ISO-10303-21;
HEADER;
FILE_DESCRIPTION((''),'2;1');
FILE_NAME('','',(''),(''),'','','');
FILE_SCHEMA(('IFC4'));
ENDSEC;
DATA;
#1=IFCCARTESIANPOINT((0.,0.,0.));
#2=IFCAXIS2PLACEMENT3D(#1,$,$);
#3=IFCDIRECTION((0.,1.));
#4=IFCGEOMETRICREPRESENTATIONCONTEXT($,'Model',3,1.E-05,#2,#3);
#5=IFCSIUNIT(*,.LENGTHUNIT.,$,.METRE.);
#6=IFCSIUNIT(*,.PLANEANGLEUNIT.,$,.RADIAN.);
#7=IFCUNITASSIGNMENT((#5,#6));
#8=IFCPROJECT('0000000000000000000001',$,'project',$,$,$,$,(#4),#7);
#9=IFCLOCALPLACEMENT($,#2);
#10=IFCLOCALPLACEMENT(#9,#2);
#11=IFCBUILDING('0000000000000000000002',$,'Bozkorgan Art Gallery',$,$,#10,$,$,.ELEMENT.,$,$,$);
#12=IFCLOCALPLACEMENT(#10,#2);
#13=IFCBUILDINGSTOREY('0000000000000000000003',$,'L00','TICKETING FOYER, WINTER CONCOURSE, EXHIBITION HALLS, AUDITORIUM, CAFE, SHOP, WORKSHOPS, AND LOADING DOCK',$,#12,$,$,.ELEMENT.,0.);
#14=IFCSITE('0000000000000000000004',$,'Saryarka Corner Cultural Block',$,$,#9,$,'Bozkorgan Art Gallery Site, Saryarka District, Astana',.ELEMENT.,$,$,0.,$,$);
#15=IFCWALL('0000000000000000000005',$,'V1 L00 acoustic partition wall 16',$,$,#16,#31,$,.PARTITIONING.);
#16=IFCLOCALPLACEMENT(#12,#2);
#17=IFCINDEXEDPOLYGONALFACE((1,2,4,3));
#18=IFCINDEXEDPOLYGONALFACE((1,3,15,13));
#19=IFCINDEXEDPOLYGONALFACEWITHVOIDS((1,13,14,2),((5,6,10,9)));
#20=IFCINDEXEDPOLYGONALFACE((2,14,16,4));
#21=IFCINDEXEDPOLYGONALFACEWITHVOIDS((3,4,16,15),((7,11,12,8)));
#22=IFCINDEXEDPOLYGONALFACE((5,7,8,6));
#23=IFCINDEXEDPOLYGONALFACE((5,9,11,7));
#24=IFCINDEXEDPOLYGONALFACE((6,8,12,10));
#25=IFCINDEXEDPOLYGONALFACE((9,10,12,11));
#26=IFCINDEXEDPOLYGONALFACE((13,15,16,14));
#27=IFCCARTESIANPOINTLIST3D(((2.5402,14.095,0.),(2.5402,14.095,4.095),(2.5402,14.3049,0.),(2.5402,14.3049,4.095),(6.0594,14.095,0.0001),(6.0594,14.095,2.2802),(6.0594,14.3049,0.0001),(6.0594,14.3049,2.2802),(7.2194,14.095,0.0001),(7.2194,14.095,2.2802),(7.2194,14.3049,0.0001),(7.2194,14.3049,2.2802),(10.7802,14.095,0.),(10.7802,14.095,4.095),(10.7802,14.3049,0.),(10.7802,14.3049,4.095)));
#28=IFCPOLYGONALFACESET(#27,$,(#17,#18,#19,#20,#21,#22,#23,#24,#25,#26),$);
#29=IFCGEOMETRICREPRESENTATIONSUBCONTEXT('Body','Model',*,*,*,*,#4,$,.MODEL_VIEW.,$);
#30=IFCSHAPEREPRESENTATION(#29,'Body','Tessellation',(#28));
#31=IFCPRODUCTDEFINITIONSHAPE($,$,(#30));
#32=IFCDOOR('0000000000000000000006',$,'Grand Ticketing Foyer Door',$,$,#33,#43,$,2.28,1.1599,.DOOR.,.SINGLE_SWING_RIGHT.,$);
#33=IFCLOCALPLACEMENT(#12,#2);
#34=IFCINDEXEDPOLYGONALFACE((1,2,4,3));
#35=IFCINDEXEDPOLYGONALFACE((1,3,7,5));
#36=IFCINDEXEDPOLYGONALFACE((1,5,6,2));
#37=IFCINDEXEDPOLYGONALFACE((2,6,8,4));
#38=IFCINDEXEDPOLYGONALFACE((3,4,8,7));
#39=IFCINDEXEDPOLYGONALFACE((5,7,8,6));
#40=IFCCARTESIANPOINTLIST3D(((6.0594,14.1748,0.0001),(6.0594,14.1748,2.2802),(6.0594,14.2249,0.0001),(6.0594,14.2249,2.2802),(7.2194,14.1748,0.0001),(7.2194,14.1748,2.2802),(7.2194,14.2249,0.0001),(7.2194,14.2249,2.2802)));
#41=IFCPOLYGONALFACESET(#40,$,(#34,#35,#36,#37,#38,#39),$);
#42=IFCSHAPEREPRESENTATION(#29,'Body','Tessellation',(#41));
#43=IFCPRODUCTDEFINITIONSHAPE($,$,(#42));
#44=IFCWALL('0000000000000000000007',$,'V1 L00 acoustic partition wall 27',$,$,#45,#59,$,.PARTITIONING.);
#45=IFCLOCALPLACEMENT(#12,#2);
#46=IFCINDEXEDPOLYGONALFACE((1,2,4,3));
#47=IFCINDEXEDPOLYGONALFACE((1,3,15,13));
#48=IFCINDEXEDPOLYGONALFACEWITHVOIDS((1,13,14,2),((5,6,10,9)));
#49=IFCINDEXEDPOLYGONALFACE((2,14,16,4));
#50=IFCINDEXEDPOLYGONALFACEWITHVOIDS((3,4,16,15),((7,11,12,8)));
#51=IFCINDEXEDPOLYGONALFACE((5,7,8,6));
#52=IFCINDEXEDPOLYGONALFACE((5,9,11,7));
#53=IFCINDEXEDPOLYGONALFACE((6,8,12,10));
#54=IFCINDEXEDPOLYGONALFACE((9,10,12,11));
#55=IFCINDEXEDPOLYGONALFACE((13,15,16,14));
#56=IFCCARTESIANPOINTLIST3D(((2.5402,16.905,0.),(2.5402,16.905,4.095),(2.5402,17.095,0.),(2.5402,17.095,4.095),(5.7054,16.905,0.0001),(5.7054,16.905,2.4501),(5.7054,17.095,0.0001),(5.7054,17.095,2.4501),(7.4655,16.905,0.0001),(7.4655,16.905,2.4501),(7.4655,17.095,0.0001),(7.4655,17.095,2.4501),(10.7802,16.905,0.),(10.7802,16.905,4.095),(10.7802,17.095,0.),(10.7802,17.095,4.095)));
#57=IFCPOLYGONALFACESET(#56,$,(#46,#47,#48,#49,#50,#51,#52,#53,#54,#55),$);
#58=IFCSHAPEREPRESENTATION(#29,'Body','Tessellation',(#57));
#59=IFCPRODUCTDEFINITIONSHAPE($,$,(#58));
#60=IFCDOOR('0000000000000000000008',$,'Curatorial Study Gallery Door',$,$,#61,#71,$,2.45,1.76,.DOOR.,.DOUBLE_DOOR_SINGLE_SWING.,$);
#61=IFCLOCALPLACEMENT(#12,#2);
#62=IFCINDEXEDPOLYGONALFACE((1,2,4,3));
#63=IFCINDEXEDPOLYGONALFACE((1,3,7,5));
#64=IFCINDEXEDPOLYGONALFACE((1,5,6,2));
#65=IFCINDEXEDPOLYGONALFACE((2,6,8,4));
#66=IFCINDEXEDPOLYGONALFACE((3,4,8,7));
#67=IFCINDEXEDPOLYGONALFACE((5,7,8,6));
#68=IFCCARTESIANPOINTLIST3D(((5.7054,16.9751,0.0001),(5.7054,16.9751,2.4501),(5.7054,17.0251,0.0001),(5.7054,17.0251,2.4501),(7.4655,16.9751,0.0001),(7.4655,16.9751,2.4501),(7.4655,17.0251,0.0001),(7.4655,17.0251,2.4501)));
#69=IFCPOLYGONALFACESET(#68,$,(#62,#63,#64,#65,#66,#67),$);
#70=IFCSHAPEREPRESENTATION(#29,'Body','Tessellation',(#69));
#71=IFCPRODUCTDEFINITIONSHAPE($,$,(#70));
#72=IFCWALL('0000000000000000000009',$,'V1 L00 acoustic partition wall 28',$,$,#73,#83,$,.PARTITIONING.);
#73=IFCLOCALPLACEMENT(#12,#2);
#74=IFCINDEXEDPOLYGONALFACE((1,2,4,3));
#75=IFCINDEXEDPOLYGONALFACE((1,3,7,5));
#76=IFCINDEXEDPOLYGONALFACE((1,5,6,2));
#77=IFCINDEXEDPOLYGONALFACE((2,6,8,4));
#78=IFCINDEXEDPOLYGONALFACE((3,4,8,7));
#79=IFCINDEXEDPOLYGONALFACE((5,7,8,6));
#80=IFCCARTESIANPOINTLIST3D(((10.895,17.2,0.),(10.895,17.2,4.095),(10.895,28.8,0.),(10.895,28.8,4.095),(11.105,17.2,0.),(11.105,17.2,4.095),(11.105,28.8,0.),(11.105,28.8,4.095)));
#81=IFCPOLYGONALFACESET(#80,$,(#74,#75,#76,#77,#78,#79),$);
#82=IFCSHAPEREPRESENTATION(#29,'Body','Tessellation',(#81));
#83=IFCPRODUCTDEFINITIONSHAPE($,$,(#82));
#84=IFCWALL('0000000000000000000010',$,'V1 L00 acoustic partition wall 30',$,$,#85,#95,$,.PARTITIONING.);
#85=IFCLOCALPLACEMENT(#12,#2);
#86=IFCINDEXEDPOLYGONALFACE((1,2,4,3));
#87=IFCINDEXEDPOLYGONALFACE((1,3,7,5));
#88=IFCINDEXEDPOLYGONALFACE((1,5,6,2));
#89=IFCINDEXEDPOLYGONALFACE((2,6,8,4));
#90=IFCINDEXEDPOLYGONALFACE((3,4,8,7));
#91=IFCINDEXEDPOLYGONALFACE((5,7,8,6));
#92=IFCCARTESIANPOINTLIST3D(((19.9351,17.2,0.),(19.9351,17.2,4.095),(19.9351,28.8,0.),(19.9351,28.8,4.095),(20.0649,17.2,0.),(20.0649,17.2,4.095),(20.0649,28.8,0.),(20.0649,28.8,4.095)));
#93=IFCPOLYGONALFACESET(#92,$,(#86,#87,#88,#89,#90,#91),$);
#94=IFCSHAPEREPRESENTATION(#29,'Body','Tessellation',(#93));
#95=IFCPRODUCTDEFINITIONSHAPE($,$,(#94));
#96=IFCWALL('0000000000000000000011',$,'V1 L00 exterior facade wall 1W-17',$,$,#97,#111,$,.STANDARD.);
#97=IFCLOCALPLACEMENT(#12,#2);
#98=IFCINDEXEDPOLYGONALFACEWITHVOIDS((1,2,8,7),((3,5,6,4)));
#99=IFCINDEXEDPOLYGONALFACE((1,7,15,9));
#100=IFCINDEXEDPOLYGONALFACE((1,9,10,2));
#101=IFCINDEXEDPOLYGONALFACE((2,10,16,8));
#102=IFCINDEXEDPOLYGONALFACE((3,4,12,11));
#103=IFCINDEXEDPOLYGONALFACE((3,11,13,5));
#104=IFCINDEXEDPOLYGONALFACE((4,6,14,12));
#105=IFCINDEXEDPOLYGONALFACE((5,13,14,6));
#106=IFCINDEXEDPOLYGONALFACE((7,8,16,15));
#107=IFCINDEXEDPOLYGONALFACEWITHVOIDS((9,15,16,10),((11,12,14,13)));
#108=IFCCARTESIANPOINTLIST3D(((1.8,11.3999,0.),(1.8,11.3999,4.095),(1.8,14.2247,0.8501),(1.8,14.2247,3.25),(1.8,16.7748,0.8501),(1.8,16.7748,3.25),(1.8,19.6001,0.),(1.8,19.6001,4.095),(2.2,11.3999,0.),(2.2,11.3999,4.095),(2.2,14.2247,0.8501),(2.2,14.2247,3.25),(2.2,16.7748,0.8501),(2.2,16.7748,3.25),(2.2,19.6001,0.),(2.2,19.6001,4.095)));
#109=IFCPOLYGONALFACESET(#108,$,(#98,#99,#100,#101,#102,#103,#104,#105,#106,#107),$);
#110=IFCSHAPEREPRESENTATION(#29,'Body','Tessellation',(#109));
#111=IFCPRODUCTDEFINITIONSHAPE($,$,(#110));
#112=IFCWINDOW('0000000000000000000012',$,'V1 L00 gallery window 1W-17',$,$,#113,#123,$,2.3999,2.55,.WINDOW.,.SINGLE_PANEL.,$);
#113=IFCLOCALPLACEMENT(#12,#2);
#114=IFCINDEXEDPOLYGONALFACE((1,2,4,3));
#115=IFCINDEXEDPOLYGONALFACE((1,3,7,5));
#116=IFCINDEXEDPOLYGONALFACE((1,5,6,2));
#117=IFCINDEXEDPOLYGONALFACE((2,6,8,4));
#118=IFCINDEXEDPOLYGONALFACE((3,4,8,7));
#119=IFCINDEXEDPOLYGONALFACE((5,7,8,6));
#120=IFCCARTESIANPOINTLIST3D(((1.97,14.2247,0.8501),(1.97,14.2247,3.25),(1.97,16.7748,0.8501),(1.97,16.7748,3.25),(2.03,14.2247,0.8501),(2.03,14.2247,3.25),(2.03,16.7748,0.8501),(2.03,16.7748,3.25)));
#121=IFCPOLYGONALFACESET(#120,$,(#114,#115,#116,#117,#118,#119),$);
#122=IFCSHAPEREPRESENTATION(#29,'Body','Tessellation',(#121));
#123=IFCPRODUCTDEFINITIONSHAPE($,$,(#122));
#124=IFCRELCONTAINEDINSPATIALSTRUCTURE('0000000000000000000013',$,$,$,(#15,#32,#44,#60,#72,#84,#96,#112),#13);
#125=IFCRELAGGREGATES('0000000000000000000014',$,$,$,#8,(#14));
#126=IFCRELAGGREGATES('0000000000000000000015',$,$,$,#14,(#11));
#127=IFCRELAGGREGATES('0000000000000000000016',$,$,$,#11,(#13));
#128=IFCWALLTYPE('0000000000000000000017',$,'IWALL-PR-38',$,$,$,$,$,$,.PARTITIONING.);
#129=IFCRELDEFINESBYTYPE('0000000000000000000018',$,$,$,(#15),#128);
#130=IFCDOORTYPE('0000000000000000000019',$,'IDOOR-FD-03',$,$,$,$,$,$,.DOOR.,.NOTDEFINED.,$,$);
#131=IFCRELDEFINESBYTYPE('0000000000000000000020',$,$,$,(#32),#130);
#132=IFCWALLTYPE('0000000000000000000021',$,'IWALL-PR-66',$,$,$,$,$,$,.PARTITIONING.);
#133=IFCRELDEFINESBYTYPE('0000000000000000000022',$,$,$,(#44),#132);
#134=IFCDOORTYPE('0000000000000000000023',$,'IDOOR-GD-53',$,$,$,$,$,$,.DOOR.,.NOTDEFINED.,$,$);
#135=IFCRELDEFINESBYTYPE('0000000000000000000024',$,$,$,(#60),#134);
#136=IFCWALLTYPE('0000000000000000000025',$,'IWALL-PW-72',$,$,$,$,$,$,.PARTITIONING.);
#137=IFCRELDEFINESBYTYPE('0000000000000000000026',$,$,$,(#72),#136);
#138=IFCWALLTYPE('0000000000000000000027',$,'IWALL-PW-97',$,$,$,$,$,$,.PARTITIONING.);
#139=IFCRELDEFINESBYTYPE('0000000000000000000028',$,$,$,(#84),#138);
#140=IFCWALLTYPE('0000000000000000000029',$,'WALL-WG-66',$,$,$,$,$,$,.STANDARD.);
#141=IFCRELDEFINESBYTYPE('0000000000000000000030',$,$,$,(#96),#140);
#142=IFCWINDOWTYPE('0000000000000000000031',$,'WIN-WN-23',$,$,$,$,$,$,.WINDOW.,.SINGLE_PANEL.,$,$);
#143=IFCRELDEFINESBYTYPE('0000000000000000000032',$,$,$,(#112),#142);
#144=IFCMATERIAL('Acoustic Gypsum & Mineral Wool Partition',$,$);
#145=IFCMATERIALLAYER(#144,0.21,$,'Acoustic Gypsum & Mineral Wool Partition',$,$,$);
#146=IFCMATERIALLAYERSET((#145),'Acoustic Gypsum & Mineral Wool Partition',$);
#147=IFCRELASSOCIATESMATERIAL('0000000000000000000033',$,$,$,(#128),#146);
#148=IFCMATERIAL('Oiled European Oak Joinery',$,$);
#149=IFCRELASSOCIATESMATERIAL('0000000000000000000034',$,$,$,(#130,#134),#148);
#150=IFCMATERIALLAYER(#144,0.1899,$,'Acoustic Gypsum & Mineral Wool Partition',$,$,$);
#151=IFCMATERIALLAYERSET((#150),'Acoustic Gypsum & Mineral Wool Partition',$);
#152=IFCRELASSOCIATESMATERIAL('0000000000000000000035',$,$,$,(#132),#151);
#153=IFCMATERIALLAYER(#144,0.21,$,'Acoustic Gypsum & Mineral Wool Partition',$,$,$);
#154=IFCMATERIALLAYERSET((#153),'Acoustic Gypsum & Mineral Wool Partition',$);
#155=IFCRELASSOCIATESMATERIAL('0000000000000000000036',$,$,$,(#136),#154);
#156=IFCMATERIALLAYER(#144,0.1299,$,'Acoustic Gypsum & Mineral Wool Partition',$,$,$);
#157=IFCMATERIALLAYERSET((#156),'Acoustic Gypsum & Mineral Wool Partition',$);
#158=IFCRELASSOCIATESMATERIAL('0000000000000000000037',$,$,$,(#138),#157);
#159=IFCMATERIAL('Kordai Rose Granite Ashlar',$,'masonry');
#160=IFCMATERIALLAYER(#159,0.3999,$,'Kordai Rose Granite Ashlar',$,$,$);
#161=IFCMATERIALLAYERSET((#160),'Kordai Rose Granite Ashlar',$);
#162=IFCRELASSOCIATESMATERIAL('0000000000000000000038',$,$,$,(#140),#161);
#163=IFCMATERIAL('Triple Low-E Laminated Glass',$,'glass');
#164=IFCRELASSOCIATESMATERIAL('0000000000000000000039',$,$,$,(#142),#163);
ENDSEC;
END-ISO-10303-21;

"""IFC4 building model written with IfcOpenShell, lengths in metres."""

from ifc_helpers import new_model, si_unit, direction, frame, frame_2d, origin, place, context, subcontext, project, spatial, rectangle, extrude, material, layer, layer_set, type_object, element, fill, save


model = new_model("IFC4")

# Units and contexts
model_context = context("Model", 3, precision=1e-05, world=origin(), true_north=direction((0.0, 1.0)))
body_context = subcontext(model_context, "Body", "Model", "MODEL_VIEW")
ifc_project = project(units=[si_unit("LENGTHUNIT", "METRE"), si_unit("PLANEANGLEUNIT", "RADIAN")], contexts=[model_context])

# Site, building, storey
site_placement = place(None, origin())
site = spatial("IfcSite", under=ifc_project, at=site_placement, Name="Saryarka Corner Cultural Block", LongName="Bozkorgan Art Gallery Site, Saryarka District, Astana", CompositionType="ELEMENT", RefElevation=0.0)
building_placement = place(site_placement, origin())
building = spatial("IfcBuilding", under=site, at=building_placement, Name="Bozkorgan Art Gallery", CompositionType="ELEMENT")
storey_placement = place(building_placement, origin())
storey = spatial("IfcBuildingStorey", under=building, at=storey_placement, Name="L00", Description="TICKETING FOYER, WINTER CONCOURSE, EXHIBITION HALLS, AUDITORIUM, CAFE, SHOP, WORKSHOPS, AND LOADING DOCK", CompositionType="ELEMENT", Elevation=0.0)

# Walls, openings, doors
ifc_material_1 = material(Name="Acoustic Gypsum & Mineral Wool Partition")
ifc_material_2 = material(Name="Oiled European Oak Joinery")
ifc_layer_1 = layer(ifc_material_1, 0.21, Name="Acoustic Gypsum & Mineral Wool Partition")
ifc_layer_set_1 = layer_set([ifc_layer_1], Name="Acoustic Gypsum & Mineral Wool Partition")
wall_type_1 = type_object("IfcWallType", Name="IWALL-PR-38", PredefinedType="PARTITIONING", material=ifc_layer_set_1)
wall_1_placement = place(storey_placement, frame((2.54, 14.2, 0.0), z_axis=(0.0, 0.0, 1.0), x_axis=(1.0, 0.0, 0.0)))
wall_1 = element("IfcWall", 1, at=wall_1_placement, inside=storey, type_object=wall_type_1, Name="V1 L00 acoustic partition wall 16", PredefinedType="PARTITIONING", context=body_context, shape_type="SweptSolid", body=[
    extrude(rectangle(XDim=8.24, YDim=0.21, at=frame_2d((4.1201, 0.0))), origin(), (0.0, 0.0, 1.0), 4.095),
])
opening_1_placement = place(wall_1_placement, frame((3.5193, 0.0, 0.0)))
opening_1 = element("IfcOpeningElement", 2, at=opening_1_placement, cuts=wall_1, PredefinedType="OPENING", context=body_context, shape_type="SweptSolid", body=[
    extrude(rectangle(XDim=1.1599, YDim=2.28, at=frame_2d((0.5801, 1.1401))), frame((0.0, 0.115, 0.0), z_axis=(0.0, -1.0, 0.0), x_axis=(1.0, 0.0, 0.0)), (0.0, 0.0, 1.0), 0.23),
])
door_type_1 = type_object("IfcDoorType", Name="IDOOR-FD-03", OperationType="NOTDEFINED", PredefinedType="DOOR", material=ifc_material_2)
door_1_placement = place(opening_1_placement, origin())
door_1 = element("IfcDoor", 3, at=door_1_placement, inside=storey, type_object=door_type_1, Name="Grand Ticketing Foyer Door", OperationType="SINGLE_SWING_RIGHT", OverallHeight=2.28, OverallWidth=1.1599, PredefinedType="DOOR", context=body_context, shape_type="SweptSolid", body=[
    extrude(rectangle(XDim=1.1599, YDim=2.28, at=frame_2d((0.5801, 1.1401))), frame((0.0, 0.0249, 0.0), z_axis=(0.0, -1.0, 0.0), x_axis=(1.0, 0.0, 0.0)), (0.0, 0.0, 1.0), 0.05),
])
fill(opening_1, door_1)
ifc_layer_2 = layer(ifc_material_1, 0.1899, Name="Acoustic Gypsum & Mineral Wool Partition")
ifc_layer_set_2 = layer_set([ifc_layer_2], Name="Acoustic Gypsum & Mineral Wool Partition")
wall_type_2 = type_object("IfcWallType", Name="IWALL-PR-66", PredefinedType="PARTITIONING", material=ifc_layer_set_2)
wall_2_placement = place(storey_placement, frame((2.54, 17.0, 0.0), z_axis=(0.0, 0.0, 1.0), x_axis=(1.0, 0.0, 0.0)))
wall_2 = element("IfcWall", 4, at=wall_2_placement, inside=storey, type_object=wall_type_2, Name="V1 L00 acoustic partition wall 27", PredefinedType="PARTITIONING", context=body_context, shape_type="SweptSolid", body=[
    extrude(rectangle(XDim=8.24, YDim=0.1899, at=frame_2d((4.1201, 0.0))), origin(), (0.0, 0.0, 1.0), 4.095),
])
opening_2_placement = place(wall_2_placement, frame((4.9253, 0.0, 0.0), z_axis=(0.0, 0.0, 1.0), x_axis=(-1.0, 0.0, 0.0)))
opening_2 = element("IfcOpeningElement", 5, at=opening_2_placement, cuts=wall_2, PredefinedType="OPENING", context=body_context, shape_type="SweptSolid", body=[
    extrude(rectangle(XDim=1.76, YDim=2.45, at=frame_2d((0.8799, 1.2251))), frame((0.0, 0.105, 0.0), z_axis=(0.0, -1.0, 0.0), x_axis=(1.0, 0.0, 0.0)), (0.0, 0.0, 1.0), 0.21),
])
door_type_2 = type_object("IfcDoorType", Name="IDOOR-GD-53", OperationType="NOTDEFINED", PredefinedType="DOOR", material=ifc_material_2)
door_2_placement = place(opening_2_placement, origin())
door_2 = element("IfcDoor", 6, at=door_2_placement, inside=storey, type_object=door_type_2, Name="Curatorial Study Gallery Door", OperationType="DOUBLE_DOOR_SINGLE_SWING", OverallHeight=2.45, OverallWidth=1.76, PredefinedType="DOOR", context=body_context, shape_type="SweptSolid", body=[
    extrude(rectangle(XDim=1.76, YDim=2.45, at=frame_2d((0.8799, 1.2251))), frame((0.0, 0.0249, 0.0), z_axis=(0.0, -1.0, 0.0), x_axis=(1.0, 0.0, 0.0)), (0.0, 0.0, 1.0), 0.05),
])
fill(opening_2, door_2)

# Walls
ifc_layer_3 = layer(ifc_material_1, 0.21, Name="Acoustic Gypsum & Mineral Wool Partition")
ifc_layer_set_3 = layer_set([ifc_layer_3], Name="Acoustic Gypsum & Mineral Wool Partition")
wall_type_3 = type_object("IfcWallType", Name="IWALL-PW-72", PredefinedType="PARTITIONING", material=ifc_layer_set_3)
wall_3_placement = place(storey_placement, frame((11.0, 17.2, 0.0), z_axis=(0.0, 0.0, 1.0), x_axis=(0.0, 1.0, 0.0)))
element("IfcWall", 7, at=wall_3_placement, inside=storey, type_object=wall_type_3, Name="V1 L00 acoustic partition wall 28", PredefinedType="PARTITIONING", context=body_context, shape_type="SweptSolid", body=[
    extrude(rectangle(XDim=11.6001, YDim=0.21, at=frame_2d((5.8, 0.0))), origin(), (0.0, 0.0, 1.0), 4.095),
])
ifc_layer_4 = layer(ifc_material_1, 0.1299, Name="Acoustic Gypsum & Mineral Wool Partition")
ifc_layer_set_4 = layer_set([ifc_layer_4], Name="Acoustic Gypsum & Mineral Wool Partition")
wall_type_4 = type_object("IfcWallType", Name="IWALL-PW-97", PredefinedType="PARTITIONING", material=ifc_layer_set_4)
wall_4_placement = place(storey_placement, frame((20.0, 17.2, 0.0), z_axis=(0.0, 0.0, 1.0), x_axis=(0.0, 1.0, 0.0)))
element("IfcWall", 8, at=wall_4_placement, inside=storey, type_object=wall_type_4, Name="V1 L00 acoustic partition wall 30", PredefinedType="PARTITIONING", context=body_context, shape_type="SweptSolid", body=[
    extrude(rectangle(XDim=11.6001, YDim=0.1299, at=frame_2d((5.8, 0.0))), origin(), (0.0, 0.0, 1.0), 4.095),
])

# Wall, opening, window
ifc_material_3 = material(Name="Kordai Rose Granite Ashlar", Category="masonry")
ifc_layer_5 = layer(ifc_material_3, 0.3999, Name="Kordai Rose Granite Ashlar")
ifc_layer_set_5 = layer_set([ifc_layer_5], Name="Kordai Rose Granite Ashlar")
wall_type_5 = type_object("IfcWallType", Name="WALL-WG-66", PredefinedType="STANDARD", material=ifc_layer_set_5)
wall_5_placement = place(storey_placement, frame((2.0, 11.3999, 0.0), z_axis=(0.0, 0.0, 1.0), x_axis=(0.0, 1.0, 0.0)))
wall_5 = element("IfcWall", 9, at=wall_5_placement, inside=storey, type_object=wall_type_5, Name="V1 L00 exterior facade wall 1W-17", PredefinedType="STANDARD", context=body_context, shape_type="SweptSolid", body=[
    extrude(rectangle(XDim=8.2002, YDim=0.3999, at=frame_2d((4.1001, 0.0))), origin(), (0.0, 0.0, 1.0), 4.095),
])
opening_3_placement = place(wall_5_placement, frame((2.825, 0.0, 0.8501)))
opening_3 = element("IfcOpeningElement", 10, at=opening_3_placement, cuts=wall_5, PredefinedType="OPENING", context=body_context, shape_type="SweptSolid", body=[
    extrude(rectangle(XDim=2.55, YDim=2.3999, at=frame_2d((1.2749, 1.2))), frame((0.0, 0.21, 0.0), z_axis=(0.0, -1.0, 0.0), x_axis=(1.0, 0.0, 0.0)), (0.0, 0.0, 1.0), 0.4199),
])
ifc_material_4 = material(Name="Triple Low-E Laminated Glass", Category="glass")
window_type = type_object("IfcWindowType", Name="WIN-WN-23", PartitioningType="SINGLE_PANEL", PredefinedType="WINDOW", material=ifc_material_4)
window_placement = place(opening_3_placement, origin())
window = element("IfcWindow", 11, at=window_placement, inside=storey, type_object=window_type, Name="V1 L00 gallery window 1W-17", OverallHeight=2.3999, OverallWidth=2.55, PartitioningType="SINGLE_PANEL", PredefinedType="WINDOW", context=body_context, shape_type="SweptSolid", body=[
    extrude(rectangle(XDim=2.55, YDim=2.3999, at=frame_2d((1.2749, 1.2))), frame((0.0, 0.03, 0.0), z_axis=(0.0, -1.0, 0.0), x_axis=(1.0, 0.0, 0.0)), (0.0, 0.0, 1.0), 0.0601),
])
fill(opening_3, window)

save(model, "model.ifc")
